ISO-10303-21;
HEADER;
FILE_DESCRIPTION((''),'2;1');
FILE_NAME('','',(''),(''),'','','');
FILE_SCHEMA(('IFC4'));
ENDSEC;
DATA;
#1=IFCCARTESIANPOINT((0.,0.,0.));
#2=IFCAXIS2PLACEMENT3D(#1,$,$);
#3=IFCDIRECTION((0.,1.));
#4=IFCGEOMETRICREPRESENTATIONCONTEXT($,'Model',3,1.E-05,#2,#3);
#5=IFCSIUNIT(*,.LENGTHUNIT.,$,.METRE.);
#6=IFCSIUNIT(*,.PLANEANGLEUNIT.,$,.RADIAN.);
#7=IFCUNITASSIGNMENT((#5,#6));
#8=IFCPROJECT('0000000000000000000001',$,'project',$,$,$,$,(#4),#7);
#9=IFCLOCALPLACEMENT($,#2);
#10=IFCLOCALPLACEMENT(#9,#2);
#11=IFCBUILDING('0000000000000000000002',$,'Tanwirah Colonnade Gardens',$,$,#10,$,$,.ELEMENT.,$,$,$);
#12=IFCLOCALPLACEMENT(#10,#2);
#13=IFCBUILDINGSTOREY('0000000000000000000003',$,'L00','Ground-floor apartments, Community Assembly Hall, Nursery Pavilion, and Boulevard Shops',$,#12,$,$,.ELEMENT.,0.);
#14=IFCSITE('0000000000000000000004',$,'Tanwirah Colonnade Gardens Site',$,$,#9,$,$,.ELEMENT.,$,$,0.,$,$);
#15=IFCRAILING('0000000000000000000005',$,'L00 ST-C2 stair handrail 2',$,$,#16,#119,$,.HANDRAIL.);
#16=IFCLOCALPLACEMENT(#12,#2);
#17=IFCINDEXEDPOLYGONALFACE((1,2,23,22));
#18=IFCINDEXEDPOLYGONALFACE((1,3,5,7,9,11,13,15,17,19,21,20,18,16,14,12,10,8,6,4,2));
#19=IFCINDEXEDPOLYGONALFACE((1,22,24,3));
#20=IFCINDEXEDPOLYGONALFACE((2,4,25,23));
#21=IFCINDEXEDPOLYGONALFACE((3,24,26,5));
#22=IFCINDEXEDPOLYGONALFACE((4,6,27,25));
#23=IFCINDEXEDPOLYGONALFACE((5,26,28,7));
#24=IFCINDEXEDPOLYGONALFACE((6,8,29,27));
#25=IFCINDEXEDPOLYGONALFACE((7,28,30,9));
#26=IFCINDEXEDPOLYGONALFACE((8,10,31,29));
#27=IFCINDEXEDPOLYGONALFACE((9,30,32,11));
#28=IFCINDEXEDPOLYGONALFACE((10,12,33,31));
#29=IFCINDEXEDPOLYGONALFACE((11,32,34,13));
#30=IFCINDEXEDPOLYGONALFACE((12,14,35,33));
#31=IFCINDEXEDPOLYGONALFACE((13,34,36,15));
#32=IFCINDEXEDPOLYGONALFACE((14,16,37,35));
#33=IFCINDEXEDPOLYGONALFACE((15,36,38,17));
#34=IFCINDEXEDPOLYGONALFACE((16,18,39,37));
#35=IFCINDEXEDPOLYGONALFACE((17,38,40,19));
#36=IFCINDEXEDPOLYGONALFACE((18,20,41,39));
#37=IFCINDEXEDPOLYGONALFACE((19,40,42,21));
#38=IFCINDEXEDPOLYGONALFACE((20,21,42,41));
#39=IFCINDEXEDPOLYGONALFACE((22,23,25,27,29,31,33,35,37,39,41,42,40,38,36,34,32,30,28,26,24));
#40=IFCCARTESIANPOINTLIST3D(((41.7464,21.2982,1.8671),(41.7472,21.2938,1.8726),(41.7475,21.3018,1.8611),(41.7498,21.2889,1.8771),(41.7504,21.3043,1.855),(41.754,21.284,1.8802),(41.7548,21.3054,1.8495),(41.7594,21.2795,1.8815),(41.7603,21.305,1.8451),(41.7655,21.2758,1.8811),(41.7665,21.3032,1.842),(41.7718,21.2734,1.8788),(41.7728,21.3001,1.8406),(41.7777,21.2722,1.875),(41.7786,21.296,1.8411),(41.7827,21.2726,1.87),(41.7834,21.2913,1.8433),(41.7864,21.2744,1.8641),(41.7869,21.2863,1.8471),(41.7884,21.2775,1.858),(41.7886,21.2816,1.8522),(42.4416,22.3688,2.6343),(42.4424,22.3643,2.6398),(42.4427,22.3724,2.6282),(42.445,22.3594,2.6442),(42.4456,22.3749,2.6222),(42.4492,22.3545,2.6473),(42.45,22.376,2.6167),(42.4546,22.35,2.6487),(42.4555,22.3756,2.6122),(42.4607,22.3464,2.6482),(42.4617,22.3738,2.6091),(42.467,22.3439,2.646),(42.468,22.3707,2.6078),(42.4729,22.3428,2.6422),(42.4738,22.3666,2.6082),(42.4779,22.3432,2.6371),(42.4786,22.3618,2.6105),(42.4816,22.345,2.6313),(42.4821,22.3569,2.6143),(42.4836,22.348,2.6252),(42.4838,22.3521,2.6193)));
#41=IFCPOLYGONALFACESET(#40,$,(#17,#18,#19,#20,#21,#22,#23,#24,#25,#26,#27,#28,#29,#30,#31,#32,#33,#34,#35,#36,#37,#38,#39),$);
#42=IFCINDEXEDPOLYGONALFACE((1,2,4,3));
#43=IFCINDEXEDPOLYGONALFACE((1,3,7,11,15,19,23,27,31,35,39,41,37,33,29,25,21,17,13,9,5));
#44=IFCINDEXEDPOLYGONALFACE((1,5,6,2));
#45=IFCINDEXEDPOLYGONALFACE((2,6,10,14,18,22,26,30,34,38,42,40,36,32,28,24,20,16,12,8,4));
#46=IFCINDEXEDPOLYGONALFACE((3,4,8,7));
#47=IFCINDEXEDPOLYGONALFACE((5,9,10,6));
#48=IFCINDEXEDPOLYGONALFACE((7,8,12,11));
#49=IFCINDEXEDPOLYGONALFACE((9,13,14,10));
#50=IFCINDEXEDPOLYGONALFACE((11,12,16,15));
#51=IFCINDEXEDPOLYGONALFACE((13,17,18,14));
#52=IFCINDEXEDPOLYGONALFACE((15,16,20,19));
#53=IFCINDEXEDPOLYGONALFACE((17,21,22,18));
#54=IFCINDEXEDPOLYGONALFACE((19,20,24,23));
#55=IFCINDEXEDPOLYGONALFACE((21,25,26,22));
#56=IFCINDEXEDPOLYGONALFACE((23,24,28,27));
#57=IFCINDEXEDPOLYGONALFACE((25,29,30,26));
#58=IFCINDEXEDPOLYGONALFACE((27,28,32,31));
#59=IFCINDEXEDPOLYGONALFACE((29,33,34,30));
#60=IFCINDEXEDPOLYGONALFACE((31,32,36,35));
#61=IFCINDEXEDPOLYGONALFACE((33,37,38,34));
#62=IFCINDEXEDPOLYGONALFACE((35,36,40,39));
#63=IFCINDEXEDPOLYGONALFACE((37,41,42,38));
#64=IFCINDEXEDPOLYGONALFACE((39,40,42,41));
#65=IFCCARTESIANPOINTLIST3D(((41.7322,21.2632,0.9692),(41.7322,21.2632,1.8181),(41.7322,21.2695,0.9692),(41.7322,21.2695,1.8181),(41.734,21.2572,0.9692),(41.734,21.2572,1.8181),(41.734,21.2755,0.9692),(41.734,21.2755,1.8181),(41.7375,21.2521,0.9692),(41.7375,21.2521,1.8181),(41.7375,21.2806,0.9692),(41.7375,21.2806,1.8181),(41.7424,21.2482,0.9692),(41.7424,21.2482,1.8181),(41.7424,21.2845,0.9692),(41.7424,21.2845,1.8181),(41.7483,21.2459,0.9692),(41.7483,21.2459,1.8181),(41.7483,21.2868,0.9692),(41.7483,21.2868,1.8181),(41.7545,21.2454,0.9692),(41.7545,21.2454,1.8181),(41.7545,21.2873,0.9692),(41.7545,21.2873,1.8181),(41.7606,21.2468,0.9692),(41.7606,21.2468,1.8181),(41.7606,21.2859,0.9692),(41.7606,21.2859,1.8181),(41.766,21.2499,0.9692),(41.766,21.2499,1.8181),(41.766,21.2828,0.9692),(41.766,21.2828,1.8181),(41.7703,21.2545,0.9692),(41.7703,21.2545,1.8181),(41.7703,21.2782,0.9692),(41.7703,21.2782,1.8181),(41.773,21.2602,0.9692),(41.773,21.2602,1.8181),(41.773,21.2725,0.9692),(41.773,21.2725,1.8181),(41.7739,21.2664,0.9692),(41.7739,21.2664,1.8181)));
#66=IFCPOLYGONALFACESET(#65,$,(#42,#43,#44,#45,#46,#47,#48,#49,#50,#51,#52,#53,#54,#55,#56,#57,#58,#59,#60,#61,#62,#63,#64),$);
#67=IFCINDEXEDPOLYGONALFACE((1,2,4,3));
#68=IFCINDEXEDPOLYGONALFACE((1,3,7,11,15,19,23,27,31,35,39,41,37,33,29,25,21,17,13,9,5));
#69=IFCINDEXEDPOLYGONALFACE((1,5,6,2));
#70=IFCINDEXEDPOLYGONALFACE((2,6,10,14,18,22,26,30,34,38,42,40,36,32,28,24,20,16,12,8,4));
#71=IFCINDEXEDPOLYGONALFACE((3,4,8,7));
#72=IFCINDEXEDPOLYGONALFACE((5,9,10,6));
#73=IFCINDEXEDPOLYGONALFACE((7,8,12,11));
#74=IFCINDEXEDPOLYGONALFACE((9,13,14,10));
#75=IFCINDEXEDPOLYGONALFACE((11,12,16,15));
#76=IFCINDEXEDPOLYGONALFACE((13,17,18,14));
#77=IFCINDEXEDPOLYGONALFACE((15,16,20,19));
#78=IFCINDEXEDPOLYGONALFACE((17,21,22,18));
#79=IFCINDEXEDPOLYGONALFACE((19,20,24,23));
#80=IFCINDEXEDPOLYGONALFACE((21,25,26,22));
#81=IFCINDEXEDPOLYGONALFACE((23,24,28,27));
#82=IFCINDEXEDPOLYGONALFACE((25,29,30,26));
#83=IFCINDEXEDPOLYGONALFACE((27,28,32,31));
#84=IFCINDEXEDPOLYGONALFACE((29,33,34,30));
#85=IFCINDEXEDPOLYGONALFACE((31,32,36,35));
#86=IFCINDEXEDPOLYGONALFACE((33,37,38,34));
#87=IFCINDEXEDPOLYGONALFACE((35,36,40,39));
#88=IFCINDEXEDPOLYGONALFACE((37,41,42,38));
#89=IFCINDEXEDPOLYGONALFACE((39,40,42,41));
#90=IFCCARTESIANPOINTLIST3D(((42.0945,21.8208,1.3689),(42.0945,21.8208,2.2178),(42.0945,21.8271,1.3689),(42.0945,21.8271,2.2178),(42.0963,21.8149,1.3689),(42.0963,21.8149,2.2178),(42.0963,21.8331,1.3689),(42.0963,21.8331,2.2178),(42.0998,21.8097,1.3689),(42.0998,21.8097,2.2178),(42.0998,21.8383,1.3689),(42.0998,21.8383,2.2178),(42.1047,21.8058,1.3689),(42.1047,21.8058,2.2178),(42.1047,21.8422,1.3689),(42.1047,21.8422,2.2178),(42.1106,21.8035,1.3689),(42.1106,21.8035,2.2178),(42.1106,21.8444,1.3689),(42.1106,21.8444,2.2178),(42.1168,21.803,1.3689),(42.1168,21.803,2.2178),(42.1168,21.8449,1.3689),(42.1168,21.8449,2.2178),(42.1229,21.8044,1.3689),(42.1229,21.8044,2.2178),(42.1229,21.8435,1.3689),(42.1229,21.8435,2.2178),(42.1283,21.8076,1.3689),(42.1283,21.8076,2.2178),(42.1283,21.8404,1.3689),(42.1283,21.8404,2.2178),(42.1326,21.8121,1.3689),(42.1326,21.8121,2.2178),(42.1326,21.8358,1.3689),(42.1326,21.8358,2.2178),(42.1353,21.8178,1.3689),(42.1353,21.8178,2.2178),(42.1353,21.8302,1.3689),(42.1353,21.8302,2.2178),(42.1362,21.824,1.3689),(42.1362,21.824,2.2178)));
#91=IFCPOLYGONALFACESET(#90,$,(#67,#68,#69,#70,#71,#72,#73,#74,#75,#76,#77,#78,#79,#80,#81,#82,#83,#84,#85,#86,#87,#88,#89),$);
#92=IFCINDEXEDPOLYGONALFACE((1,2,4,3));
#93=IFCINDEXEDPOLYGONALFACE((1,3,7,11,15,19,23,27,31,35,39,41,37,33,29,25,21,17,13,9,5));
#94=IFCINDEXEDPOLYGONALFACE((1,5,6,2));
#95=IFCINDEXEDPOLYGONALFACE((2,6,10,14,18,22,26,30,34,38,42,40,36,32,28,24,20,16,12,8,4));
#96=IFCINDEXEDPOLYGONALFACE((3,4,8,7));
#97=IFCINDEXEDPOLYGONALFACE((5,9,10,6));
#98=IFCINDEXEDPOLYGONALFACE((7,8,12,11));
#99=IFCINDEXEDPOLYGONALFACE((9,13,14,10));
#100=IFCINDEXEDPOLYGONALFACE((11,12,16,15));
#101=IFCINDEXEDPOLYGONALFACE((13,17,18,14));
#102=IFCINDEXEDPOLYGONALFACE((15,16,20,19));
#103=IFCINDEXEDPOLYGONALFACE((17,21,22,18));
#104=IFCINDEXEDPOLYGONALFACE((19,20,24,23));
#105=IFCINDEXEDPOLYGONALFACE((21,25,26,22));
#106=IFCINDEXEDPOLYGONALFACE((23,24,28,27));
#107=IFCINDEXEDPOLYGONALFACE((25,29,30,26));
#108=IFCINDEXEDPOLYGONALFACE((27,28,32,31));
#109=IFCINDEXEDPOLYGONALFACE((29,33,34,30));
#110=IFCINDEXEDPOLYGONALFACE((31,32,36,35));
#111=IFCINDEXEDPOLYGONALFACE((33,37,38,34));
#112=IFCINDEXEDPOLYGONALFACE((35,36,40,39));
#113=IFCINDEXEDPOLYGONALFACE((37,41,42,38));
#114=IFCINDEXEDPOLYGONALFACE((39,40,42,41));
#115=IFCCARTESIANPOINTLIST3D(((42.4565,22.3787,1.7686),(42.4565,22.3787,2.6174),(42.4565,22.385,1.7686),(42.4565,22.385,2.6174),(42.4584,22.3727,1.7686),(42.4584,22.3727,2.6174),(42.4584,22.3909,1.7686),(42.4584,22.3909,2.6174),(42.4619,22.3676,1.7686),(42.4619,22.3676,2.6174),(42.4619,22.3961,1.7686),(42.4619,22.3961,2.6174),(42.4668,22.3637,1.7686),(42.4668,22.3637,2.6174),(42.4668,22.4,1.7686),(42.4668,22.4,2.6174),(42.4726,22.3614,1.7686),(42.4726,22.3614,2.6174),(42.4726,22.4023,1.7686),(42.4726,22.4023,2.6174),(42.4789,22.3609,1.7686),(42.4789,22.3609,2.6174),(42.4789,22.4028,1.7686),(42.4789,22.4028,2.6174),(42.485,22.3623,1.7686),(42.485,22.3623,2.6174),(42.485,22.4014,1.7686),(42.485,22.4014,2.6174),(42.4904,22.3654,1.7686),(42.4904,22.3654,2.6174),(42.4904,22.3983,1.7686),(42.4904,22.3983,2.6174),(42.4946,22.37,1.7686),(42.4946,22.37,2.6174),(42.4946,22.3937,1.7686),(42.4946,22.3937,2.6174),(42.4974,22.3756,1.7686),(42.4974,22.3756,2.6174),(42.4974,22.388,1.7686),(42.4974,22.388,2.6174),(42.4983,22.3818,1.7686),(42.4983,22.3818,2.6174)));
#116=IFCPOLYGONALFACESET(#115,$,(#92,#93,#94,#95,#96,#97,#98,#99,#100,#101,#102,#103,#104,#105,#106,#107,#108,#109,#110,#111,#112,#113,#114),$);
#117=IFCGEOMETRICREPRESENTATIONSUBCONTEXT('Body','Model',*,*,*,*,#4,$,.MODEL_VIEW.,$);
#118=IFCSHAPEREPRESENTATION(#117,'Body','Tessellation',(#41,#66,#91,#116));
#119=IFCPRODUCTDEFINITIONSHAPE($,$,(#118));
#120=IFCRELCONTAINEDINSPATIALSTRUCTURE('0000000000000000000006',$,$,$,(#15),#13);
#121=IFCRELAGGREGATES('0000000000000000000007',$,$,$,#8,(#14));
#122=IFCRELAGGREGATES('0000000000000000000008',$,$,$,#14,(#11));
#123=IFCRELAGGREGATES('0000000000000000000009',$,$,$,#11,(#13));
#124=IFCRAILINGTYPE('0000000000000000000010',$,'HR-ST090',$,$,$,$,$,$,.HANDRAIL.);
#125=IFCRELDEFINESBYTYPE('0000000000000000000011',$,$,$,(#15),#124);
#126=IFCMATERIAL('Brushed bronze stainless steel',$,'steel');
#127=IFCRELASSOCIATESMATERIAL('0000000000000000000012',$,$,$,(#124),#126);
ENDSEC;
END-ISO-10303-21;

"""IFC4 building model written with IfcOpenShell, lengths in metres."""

from ifc_helpers import new_model, si_unit, direction, frame, origin, origin_2d, place, context, subcontext, project, spatial, circle, extrude, material, type_object, element, save


model = new_model("IFC4")

# Units and contexts
model_context = context("Model", 3, precision=1e-05, world=origin(), true_north=direction((0.0, 1.0)))
body_context = subcontext(model_context, "Body", "Model", "MODEL_VIEW")
ifc_project = project(units=[si_unit("LENGTHUNIT", "METRE"), si_unit("PLANEANGLEUNIT", "RADIAN")], contexts=[model_context])

# Site, building, storey
site_placement = place(None, origin())
site = spatial("IfcSite", under=ifc_project, at=site_placement, Name="Tanwirah Colonnade Gardens Site", CompositionType="ELEMENT", RefElevation=0.0)
building_placement = place(site_placement, origin())
building = spatial("IfcBuilding", under=site, at=building_placement, Name="Tanwirah Colonnade Gardens", CompositionType="ELEMENT")
storey_placement = place(building_placement, origin())
storey = spatial("IfcBuildingStorey", under=building, at=storey_placement, Name="L00", Description="Ground-floor apartments, Community Assembly Hall, Nursery Pavilion, and Boulevard Shops", CompositionType="ELEMENT", Elevation=0.0)

# Railing
ifc_material_1 = material(Name="Brushed bronze stainless steel", Category="steel")
railing_type_1 = type_object("IfcRailingType", Name="HR-ST090", PredefinedType="HANDRAIL", material=ifc_material_1)
railing_1_placement = place(storey_placement, frame((41.7529, 21.2664, 0.9692)))
element("IfcRailing", 1, at=railing_1_placement, inside=storey, type_object=railing_type_1, Name="L00 ST-C2 stair handrail 2", PredefinedType="HANDRAIL", context=body_context, shape_type="SweptSolid", body=[
    extrude(circle(Radius=0.0239, at=origin_2d()), frame((0.0146, 0.0225, 0.8918), z_axis=(0.466808, 0.718856, 0.515109), x_axis=(-0.838683, 0.544621, 0.0)), (0.0, 0.0, 1.0), 1.4893),
    extrude(circle(Radius=0.021, at=origin_2d()), origin(), (0.0, 0.0, 1.0), 0.8489),
    extrude(circle(Radius=0.021, at=origin_2d()), frame((0.3623, 0.5576, 0.3997)), (0.0, 0.0, 1.0), 0.8489),
    extrude(circle(Radius=0.021, at=origin_2d()), frame((0.7244, 1.1155, 0.7993)), (0.0, 0.0, 1.0), 0.8489),
])

save(model, "model.ifc")
